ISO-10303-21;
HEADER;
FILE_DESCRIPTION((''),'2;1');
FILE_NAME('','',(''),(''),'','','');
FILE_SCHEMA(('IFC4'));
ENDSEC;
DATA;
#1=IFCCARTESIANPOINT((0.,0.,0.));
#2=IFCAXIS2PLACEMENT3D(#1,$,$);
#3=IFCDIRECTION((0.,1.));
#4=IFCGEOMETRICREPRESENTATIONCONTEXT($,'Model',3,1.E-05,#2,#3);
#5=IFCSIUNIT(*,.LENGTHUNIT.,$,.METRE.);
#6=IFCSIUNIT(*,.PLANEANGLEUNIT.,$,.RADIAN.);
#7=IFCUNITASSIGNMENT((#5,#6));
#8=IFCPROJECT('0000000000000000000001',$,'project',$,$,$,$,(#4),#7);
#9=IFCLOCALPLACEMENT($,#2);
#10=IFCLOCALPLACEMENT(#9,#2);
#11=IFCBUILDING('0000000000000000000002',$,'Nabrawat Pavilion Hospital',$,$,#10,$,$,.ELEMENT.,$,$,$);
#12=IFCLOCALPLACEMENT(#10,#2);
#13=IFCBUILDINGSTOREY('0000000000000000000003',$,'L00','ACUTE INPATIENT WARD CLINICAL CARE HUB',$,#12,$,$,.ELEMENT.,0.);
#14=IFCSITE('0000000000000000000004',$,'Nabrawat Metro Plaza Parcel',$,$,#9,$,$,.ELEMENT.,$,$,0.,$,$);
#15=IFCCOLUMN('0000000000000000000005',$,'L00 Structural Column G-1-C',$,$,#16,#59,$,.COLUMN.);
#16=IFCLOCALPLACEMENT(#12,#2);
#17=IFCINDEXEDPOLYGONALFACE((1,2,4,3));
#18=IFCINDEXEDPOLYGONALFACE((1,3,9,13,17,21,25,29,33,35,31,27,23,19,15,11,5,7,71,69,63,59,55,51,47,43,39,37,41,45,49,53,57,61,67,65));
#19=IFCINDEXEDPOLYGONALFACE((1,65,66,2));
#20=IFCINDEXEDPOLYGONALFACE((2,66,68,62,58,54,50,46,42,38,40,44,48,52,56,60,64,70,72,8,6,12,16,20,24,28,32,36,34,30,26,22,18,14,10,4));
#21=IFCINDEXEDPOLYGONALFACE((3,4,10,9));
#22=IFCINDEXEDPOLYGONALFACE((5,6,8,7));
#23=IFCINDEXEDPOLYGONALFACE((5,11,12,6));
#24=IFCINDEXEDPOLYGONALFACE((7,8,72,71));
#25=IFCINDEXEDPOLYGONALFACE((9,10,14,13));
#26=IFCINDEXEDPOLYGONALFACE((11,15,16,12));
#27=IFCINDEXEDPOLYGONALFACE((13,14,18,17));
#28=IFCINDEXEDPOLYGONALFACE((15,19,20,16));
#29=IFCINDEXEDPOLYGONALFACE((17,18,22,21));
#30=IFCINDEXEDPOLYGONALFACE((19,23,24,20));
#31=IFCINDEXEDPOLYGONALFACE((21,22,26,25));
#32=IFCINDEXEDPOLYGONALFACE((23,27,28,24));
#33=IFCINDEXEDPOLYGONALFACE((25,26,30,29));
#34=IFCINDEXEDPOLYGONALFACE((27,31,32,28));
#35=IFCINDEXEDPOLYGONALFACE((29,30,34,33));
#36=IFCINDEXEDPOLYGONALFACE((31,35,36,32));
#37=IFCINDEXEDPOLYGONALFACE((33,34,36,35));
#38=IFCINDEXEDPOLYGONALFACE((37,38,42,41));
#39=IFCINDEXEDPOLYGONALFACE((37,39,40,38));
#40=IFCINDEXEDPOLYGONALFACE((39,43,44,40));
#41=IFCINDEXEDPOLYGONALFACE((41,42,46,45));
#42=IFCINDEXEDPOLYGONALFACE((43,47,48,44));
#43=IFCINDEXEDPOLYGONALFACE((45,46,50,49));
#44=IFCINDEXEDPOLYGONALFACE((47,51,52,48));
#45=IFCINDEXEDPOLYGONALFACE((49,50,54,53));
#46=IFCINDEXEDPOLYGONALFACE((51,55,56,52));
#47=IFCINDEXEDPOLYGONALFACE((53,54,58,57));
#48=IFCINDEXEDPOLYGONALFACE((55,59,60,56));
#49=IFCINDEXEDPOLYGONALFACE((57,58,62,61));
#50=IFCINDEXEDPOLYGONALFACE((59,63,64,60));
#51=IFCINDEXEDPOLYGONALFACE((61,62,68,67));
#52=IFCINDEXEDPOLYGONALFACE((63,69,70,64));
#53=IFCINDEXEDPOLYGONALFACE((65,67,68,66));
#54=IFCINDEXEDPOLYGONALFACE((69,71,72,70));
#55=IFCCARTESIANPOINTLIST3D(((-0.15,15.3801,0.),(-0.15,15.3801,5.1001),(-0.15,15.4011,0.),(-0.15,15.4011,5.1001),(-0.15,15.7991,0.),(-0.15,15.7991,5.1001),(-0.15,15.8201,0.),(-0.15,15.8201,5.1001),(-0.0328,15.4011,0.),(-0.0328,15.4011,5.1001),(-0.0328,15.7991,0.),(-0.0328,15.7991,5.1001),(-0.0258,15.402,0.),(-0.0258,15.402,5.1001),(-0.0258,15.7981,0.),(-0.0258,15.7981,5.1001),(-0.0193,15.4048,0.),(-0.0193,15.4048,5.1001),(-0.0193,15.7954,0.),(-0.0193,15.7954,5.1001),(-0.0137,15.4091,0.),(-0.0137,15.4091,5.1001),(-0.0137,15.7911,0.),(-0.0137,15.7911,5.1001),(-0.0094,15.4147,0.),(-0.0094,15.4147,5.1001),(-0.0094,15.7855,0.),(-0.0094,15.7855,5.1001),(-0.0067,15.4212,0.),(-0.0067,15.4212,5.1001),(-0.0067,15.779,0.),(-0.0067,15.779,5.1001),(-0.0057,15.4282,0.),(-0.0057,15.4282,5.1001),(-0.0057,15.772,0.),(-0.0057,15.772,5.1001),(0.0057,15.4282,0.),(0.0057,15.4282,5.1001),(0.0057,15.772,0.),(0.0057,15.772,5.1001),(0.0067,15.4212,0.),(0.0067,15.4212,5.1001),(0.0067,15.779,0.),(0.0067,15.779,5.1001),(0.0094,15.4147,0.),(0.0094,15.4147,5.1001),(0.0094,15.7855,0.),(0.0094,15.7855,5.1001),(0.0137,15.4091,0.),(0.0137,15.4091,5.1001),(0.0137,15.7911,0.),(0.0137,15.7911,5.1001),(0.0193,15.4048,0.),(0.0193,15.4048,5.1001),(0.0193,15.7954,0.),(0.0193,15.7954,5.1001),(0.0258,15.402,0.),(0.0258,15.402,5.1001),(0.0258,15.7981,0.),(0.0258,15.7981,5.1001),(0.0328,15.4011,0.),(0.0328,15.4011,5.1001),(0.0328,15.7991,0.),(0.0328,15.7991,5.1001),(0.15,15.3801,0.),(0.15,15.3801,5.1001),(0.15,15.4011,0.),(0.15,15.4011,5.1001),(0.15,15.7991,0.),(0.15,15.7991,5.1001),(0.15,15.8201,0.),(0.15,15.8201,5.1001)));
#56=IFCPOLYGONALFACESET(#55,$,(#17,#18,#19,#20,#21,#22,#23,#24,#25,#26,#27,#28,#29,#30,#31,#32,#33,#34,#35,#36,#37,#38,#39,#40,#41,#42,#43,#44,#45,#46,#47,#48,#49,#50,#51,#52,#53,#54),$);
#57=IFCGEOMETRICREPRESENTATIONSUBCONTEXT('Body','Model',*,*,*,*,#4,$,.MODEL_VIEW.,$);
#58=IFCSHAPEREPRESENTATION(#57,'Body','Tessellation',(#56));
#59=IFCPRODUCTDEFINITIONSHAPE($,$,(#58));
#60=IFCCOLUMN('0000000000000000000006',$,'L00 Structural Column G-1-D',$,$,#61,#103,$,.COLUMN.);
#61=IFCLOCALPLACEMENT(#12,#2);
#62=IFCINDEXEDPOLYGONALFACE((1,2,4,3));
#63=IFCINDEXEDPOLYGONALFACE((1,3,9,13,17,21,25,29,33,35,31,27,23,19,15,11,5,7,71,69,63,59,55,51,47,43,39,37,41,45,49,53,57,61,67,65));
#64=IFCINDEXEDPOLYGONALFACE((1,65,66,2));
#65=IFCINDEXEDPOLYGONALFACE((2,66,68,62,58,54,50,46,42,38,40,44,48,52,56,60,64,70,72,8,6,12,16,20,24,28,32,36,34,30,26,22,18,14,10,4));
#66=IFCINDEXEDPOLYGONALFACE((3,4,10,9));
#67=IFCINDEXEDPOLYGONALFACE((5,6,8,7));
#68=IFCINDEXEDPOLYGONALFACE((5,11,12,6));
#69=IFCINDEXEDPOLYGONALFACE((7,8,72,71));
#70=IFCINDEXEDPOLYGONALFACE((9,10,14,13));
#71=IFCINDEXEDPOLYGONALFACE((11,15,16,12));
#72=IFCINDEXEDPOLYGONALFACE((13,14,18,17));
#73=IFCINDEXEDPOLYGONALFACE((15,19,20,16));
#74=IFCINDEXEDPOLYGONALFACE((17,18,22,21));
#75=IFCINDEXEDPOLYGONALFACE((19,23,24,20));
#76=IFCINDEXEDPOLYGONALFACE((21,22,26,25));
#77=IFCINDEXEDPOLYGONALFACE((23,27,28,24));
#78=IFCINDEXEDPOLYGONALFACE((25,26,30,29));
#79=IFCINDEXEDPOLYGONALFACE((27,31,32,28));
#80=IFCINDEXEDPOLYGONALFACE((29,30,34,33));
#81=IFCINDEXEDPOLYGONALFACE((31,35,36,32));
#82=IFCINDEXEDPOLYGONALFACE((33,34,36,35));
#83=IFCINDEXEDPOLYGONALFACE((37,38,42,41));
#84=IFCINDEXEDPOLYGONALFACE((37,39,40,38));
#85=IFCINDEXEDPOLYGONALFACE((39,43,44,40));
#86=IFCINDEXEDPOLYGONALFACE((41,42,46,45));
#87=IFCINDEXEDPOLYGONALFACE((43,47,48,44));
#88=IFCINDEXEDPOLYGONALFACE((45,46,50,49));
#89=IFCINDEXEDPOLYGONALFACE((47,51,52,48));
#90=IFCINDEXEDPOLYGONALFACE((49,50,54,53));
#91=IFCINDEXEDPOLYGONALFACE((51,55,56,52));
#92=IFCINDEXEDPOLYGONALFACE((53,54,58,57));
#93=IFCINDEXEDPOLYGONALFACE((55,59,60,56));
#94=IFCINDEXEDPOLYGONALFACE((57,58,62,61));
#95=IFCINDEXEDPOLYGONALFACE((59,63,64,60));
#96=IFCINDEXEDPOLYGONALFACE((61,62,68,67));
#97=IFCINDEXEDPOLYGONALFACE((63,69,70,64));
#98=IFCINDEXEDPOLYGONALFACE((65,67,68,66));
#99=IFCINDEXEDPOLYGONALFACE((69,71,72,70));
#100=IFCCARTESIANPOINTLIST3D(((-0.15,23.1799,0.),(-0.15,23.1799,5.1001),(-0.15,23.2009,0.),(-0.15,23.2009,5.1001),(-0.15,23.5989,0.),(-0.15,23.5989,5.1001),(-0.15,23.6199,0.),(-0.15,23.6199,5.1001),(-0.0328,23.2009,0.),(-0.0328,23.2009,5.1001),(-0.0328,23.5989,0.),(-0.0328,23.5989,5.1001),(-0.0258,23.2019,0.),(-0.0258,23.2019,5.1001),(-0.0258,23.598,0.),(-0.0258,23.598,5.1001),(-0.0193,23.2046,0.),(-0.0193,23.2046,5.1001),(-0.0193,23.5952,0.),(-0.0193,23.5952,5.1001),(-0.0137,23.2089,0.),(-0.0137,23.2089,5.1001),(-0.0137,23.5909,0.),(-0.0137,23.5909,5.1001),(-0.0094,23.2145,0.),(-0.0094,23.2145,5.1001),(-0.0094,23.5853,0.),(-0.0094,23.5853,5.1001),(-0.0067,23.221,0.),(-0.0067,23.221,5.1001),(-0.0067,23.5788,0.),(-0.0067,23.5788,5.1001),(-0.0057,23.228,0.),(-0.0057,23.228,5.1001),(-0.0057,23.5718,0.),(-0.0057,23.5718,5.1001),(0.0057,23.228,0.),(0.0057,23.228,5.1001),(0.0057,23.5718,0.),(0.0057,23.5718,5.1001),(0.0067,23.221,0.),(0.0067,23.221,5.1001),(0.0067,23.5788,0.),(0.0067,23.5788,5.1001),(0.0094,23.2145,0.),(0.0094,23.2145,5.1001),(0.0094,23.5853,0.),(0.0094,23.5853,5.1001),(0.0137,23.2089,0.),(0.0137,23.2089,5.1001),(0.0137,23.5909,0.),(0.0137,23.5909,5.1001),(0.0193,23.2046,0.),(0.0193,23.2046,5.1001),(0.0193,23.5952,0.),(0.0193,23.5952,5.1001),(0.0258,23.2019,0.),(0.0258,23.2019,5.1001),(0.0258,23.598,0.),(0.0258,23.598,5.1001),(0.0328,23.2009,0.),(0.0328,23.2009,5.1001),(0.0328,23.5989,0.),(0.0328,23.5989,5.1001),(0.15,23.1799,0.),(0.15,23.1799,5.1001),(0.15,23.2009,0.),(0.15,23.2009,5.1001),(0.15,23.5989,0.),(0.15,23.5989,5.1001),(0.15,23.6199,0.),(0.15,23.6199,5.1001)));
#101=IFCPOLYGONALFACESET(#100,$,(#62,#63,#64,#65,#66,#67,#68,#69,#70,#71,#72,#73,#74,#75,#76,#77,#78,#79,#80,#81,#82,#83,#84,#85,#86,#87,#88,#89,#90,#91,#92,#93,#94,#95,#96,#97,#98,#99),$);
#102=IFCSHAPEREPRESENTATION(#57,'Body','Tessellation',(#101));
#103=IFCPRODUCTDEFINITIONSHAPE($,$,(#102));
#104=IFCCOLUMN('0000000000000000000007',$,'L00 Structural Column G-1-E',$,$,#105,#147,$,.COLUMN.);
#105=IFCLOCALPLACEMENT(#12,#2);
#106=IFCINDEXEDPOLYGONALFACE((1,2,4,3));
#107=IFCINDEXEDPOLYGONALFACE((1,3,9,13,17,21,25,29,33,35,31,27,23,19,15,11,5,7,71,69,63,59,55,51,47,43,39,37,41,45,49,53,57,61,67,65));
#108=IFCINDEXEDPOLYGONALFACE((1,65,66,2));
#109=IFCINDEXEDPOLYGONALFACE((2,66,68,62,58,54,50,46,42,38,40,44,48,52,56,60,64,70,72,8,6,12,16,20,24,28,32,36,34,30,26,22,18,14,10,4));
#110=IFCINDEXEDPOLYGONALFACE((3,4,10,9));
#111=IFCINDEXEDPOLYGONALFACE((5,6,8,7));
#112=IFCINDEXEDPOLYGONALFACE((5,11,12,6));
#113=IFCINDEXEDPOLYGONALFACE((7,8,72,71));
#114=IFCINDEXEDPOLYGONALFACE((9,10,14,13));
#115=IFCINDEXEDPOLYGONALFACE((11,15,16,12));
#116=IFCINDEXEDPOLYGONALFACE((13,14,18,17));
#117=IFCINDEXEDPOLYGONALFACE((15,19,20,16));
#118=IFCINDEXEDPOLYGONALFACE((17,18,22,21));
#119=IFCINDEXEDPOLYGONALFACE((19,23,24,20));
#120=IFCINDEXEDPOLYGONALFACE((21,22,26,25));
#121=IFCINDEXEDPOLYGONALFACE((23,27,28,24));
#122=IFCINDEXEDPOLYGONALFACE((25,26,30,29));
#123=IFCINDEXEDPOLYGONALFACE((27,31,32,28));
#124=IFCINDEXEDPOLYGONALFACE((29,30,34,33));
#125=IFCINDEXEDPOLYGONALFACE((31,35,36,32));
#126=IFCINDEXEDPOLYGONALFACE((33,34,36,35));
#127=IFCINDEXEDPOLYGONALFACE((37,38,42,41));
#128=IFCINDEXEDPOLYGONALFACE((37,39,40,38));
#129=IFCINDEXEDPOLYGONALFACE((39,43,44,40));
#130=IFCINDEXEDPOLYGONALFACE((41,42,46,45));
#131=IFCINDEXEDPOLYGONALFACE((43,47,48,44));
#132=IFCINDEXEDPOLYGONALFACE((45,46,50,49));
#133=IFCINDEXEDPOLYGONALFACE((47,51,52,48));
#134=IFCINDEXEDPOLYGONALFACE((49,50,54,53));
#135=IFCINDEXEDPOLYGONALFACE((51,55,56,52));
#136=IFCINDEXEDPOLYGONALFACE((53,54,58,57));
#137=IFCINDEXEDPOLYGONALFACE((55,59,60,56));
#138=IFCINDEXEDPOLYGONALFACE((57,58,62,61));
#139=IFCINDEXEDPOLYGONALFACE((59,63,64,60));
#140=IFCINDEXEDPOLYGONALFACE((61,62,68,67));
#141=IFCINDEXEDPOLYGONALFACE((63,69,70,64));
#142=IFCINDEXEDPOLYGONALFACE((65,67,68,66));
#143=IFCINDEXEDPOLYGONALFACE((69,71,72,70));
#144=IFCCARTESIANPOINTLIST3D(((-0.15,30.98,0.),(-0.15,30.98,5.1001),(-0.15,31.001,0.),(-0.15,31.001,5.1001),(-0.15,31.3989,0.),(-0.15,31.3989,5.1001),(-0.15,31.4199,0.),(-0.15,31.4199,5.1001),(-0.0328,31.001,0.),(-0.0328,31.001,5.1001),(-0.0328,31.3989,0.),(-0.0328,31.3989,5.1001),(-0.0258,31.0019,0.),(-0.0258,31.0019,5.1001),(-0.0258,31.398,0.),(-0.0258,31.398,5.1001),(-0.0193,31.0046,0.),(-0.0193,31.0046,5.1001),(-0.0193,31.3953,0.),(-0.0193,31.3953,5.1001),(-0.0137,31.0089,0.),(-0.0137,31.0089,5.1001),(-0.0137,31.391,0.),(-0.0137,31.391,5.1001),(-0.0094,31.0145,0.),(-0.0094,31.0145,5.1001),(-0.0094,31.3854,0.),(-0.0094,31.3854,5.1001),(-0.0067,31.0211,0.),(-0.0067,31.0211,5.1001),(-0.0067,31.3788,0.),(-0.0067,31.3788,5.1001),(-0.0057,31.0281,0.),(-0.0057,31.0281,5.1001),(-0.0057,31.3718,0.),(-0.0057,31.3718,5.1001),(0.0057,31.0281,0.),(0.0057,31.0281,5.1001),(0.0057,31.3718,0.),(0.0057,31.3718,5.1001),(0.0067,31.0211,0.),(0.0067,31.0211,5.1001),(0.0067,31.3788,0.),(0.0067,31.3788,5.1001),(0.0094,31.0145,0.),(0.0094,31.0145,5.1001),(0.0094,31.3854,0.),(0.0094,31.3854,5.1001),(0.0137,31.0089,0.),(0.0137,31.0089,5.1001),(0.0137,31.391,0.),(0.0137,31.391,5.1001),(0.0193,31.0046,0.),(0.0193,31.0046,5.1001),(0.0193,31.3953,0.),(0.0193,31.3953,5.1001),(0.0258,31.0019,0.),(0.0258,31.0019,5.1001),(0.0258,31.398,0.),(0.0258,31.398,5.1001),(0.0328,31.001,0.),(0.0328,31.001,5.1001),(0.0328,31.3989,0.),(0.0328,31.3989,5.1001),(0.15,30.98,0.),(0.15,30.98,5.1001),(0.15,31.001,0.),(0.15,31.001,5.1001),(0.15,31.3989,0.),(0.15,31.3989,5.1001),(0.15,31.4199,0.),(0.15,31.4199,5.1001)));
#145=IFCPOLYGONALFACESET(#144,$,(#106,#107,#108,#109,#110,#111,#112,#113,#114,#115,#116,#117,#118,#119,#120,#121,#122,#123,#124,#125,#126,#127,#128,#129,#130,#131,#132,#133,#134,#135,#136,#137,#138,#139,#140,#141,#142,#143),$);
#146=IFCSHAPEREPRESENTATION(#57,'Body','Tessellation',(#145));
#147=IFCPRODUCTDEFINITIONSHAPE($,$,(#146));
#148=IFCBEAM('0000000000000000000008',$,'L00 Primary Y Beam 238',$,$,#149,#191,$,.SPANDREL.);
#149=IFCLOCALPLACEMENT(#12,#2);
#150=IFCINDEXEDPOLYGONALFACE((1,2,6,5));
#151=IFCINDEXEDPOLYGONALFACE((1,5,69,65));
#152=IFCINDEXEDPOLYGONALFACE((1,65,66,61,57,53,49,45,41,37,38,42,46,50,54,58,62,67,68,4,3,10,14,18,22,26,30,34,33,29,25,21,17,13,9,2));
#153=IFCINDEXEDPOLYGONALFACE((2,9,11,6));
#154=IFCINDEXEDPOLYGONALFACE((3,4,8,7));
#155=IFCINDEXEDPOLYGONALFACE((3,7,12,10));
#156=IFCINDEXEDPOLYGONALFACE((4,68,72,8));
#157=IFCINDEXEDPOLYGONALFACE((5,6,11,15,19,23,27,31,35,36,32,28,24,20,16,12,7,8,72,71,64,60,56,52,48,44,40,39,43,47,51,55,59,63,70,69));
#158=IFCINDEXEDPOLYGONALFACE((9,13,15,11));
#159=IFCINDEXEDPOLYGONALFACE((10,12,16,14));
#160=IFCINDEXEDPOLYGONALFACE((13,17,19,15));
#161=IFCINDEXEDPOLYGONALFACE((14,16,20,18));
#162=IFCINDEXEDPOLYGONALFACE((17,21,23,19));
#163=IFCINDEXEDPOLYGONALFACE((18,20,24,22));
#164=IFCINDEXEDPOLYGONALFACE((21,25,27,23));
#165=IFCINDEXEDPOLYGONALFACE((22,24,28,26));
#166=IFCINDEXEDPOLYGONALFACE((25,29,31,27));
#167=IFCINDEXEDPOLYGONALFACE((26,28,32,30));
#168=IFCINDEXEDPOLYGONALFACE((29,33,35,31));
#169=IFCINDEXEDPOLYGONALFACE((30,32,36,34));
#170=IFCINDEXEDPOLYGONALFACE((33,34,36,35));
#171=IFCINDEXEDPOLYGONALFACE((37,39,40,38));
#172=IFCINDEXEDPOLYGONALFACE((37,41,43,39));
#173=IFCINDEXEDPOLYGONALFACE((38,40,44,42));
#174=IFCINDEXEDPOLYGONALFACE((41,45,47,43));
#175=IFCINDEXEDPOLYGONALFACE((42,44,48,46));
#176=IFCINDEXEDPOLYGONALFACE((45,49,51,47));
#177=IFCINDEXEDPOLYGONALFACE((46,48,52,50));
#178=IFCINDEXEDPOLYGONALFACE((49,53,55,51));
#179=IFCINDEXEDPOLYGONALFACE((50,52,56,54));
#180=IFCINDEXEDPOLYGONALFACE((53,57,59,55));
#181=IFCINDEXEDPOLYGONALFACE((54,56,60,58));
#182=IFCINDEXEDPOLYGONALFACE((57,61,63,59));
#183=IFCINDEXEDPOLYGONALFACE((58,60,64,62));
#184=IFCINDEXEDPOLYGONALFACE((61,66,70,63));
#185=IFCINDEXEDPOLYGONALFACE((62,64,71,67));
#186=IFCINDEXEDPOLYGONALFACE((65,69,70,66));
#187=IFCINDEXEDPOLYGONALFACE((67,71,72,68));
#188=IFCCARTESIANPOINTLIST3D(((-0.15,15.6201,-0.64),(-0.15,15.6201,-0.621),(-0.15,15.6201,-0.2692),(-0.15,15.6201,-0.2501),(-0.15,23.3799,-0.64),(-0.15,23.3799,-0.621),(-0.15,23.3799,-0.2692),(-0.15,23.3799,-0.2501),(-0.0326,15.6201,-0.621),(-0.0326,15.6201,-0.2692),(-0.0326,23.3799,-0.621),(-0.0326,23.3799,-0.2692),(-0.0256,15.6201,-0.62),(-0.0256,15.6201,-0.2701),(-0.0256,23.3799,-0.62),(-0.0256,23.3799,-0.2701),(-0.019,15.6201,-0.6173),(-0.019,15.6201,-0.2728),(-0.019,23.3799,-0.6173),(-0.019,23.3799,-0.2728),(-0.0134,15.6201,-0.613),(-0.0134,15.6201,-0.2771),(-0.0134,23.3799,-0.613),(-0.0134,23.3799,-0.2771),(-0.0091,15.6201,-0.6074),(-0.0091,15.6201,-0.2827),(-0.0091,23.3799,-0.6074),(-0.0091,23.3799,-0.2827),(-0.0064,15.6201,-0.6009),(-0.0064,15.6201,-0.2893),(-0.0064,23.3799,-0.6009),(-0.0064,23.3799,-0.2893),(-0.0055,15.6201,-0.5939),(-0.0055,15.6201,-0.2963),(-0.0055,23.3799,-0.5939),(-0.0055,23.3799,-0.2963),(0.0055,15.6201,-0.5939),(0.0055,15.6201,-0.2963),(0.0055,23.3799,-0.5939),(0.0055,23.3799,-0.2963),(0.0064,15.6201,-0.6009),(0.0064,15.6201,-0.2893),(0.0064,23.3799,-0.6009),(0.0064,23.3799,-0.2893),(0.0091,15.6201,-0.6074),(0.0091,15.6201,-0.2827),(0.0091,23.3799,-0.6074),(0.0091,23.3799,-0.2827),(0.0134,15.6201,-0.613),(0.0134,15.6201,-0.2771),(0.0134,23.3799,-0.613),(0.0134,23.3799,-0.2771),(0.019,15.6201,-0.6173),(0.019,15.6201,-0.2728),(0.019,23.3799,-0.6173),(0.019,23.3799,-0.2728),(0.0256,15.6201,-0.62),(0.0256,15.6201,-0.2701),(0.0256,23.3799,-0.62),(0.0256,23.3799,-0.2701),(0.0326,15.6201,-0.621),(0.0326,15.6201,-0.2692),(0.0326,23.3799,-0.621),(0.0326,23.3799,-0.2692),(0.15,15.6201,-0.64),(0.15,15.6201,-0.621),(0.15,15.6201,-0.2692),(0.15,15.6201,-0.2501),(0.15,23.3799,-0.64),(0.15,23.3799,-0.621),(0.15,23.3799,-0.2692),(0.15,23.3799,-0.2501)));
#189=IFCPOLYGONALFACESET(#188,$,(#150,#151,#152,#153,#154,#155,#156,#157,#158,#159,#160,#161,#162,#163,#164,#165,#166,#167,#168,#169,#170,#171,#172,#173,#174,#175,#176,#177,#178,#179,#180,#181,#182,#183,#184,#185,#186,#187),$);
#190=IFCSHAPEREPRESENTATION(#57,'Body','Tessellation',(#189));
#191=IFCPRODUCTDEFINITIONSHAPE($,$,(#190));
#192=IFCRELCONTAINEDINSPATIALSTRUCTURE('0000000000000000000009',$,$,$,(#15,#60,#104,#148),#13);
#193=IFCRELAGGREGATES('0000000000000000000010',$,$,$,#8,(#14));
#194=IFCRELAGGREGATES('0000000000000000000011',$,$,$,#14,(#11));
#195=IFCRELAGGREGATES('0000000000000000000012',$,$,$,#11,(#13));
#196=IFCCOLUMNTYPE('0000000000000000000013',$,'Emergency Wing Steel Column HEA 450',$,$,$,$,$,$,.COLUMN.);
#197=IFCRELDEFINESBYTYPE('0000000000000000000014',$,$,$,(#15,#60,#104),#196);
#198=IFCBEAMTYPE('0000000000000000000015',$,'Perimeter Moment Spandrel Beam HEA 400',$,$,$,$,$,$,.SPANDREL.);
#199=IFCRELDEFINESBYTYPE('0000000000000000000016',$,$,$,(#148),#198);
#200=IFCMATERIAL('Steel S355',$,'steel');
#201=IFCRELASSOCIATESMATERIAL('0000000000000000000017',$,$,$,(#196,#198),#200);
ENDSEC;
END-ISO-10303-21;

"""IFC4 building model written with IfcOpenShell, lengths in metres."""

from ifc_helpers import new_model, si_unit, direction, frame, origin, origin_2d, place, context, subcontext, project, spatial, i_section, extrude, material, material_profile, profile_set, type_object, element, save


model = new_model("IFC4")

# Units and contexts
model_context = context("Model", 3, precision=1e-05, world=origin(), true_north=direction((0.0, 1.0)))
body_context = subcontext(model_context, "Body", "Model", "MODEL_VIEW")
ifc_project = project(units=[si_unit("LENGTHUNIT", "METRE"), si_unit("PLANEANGLEUNIT", "RADIAN")], contexts=[model_context])

# Site, building, storey
site_placement = place(None, origin())
site = spatial("IfcSite", under=ifc_project, at=site_placement, Name="Nabrawat Metro Plaza Parcel", CompositionType="ELEMENT", RefElevation=0.0)
building_placement = place(site_placement, origin())
building = spatial("IfcBuilding", under=site, at=building_placement, Name="Nabrawat Pavilion Hospital", CompositionType="ELEMENT")
storey_placement = place(building_placement, origin())
storey = spatial("IfcBuildingStorey", under=building, at=storey_placement, Name="L00", Description="ACUTE INPATIENT WARD CLINICAL CARE HUB", CompositionType="ELEMENT", Elevation=0.0)

# Columns
ifc_material_1 = material(Name="Steel S355", Category="steel")
ifc_material_profile_1 = material_profile(ifc_material_1, i_section(OverallWidth=0.3, OverallDepth=0.4399, WebThickness=0.0115, FlangeThickness=0.021, FilletRadius=0.0271, at=origin_2d()), Name="HEA 450")
ifc_profile_set_1 = profile_set([ifc_material_profile_1], Name="Steel S355")
column_type = type_object("IfcColumnType", Name="Emergency Wing Steel Column HEA 450", PredefinedType="COLUMN", material=ifc_profile_set_1)
for number, where, z_axis, x_axis, name in (
    (1, (0.0, 15.6001, 0.0), (0.0, 0.0, 1.0), (1.0, 0.0, 0.0), "L00 Structural Column G-1-C"),
    (2, (0.0, 23.3999, 0.0), (0.0, 0.0, 1.0), (1.0, 0.0, 0.0), "L00 Structural Column G-1-D"),
    (3, (0.0, 31.2, 0.0), (0.0, 0.0, 1.0), (1.0, 0.0, 0.0), "L00 Structural Column G-1-E"),
):
    element("IfcColumn", number, at=place(storey_placement, frame(where, z_axis=z_axis, x_axis=x_axis)), inside=storey, type_object=column_type, Name=name, PredefinedType="COLUMN", context=body_context, shape_type="SweptSolid", body=[
        extrude(i_section(OverallWidth=0.3, OverallDepth=0.4399, WebThickness=0.0115, FlangeThickness=0.021, FilletRadius=0.0271, at=origin_2d()), origin(), (0.0, 0.0, 1.0), 5.1001),
    ])

# Beam
ifc_material_profile_2 = material_profile(ifc_material_1, i_section(OverallWidth=0.3, OverallDepth=0.3899, WebThickness=0.011, FlangeThickness=0.019, FilletRadius=0.0271, at=origin_2d()), Name="HEA 400")
ifc_profile_set_2 = profile_set([ifc_material_profile_2], Name="Steel S355")
beam_type_1 = type_object("IfcBeamType", Name="Perimeter Moment Spandrel Beam HEA 400", PredefinedType="SPANDREL", material=ifc_profile_set_2)
beam_1_placement = place(storey_placement, frame((0.0, 15.6201, -0.4451), z_axis=(0.0, 1.0, 0.0), x_axis=(-1.0, 0.0, 0.0)))
element("IfcBeam", 4, at=beam_1_placement, inside=storey, type_object=beam_type_1, Name="L00 Primary Y Beam 238", PredefinedType="SPANDREL", context=body_context, shape_type="SweptSolid", body=[
    extrude(i_section(OverallWidth=0.3, OverallDepth=0.3899, WebThickness=0.011, FlangeThickness=0.019, FilletRadius=0.0271, at=origin_2d()), origin(), (0.0, 0.0, 1.0), 7.7598),
])

save(model, "model.ifc")
